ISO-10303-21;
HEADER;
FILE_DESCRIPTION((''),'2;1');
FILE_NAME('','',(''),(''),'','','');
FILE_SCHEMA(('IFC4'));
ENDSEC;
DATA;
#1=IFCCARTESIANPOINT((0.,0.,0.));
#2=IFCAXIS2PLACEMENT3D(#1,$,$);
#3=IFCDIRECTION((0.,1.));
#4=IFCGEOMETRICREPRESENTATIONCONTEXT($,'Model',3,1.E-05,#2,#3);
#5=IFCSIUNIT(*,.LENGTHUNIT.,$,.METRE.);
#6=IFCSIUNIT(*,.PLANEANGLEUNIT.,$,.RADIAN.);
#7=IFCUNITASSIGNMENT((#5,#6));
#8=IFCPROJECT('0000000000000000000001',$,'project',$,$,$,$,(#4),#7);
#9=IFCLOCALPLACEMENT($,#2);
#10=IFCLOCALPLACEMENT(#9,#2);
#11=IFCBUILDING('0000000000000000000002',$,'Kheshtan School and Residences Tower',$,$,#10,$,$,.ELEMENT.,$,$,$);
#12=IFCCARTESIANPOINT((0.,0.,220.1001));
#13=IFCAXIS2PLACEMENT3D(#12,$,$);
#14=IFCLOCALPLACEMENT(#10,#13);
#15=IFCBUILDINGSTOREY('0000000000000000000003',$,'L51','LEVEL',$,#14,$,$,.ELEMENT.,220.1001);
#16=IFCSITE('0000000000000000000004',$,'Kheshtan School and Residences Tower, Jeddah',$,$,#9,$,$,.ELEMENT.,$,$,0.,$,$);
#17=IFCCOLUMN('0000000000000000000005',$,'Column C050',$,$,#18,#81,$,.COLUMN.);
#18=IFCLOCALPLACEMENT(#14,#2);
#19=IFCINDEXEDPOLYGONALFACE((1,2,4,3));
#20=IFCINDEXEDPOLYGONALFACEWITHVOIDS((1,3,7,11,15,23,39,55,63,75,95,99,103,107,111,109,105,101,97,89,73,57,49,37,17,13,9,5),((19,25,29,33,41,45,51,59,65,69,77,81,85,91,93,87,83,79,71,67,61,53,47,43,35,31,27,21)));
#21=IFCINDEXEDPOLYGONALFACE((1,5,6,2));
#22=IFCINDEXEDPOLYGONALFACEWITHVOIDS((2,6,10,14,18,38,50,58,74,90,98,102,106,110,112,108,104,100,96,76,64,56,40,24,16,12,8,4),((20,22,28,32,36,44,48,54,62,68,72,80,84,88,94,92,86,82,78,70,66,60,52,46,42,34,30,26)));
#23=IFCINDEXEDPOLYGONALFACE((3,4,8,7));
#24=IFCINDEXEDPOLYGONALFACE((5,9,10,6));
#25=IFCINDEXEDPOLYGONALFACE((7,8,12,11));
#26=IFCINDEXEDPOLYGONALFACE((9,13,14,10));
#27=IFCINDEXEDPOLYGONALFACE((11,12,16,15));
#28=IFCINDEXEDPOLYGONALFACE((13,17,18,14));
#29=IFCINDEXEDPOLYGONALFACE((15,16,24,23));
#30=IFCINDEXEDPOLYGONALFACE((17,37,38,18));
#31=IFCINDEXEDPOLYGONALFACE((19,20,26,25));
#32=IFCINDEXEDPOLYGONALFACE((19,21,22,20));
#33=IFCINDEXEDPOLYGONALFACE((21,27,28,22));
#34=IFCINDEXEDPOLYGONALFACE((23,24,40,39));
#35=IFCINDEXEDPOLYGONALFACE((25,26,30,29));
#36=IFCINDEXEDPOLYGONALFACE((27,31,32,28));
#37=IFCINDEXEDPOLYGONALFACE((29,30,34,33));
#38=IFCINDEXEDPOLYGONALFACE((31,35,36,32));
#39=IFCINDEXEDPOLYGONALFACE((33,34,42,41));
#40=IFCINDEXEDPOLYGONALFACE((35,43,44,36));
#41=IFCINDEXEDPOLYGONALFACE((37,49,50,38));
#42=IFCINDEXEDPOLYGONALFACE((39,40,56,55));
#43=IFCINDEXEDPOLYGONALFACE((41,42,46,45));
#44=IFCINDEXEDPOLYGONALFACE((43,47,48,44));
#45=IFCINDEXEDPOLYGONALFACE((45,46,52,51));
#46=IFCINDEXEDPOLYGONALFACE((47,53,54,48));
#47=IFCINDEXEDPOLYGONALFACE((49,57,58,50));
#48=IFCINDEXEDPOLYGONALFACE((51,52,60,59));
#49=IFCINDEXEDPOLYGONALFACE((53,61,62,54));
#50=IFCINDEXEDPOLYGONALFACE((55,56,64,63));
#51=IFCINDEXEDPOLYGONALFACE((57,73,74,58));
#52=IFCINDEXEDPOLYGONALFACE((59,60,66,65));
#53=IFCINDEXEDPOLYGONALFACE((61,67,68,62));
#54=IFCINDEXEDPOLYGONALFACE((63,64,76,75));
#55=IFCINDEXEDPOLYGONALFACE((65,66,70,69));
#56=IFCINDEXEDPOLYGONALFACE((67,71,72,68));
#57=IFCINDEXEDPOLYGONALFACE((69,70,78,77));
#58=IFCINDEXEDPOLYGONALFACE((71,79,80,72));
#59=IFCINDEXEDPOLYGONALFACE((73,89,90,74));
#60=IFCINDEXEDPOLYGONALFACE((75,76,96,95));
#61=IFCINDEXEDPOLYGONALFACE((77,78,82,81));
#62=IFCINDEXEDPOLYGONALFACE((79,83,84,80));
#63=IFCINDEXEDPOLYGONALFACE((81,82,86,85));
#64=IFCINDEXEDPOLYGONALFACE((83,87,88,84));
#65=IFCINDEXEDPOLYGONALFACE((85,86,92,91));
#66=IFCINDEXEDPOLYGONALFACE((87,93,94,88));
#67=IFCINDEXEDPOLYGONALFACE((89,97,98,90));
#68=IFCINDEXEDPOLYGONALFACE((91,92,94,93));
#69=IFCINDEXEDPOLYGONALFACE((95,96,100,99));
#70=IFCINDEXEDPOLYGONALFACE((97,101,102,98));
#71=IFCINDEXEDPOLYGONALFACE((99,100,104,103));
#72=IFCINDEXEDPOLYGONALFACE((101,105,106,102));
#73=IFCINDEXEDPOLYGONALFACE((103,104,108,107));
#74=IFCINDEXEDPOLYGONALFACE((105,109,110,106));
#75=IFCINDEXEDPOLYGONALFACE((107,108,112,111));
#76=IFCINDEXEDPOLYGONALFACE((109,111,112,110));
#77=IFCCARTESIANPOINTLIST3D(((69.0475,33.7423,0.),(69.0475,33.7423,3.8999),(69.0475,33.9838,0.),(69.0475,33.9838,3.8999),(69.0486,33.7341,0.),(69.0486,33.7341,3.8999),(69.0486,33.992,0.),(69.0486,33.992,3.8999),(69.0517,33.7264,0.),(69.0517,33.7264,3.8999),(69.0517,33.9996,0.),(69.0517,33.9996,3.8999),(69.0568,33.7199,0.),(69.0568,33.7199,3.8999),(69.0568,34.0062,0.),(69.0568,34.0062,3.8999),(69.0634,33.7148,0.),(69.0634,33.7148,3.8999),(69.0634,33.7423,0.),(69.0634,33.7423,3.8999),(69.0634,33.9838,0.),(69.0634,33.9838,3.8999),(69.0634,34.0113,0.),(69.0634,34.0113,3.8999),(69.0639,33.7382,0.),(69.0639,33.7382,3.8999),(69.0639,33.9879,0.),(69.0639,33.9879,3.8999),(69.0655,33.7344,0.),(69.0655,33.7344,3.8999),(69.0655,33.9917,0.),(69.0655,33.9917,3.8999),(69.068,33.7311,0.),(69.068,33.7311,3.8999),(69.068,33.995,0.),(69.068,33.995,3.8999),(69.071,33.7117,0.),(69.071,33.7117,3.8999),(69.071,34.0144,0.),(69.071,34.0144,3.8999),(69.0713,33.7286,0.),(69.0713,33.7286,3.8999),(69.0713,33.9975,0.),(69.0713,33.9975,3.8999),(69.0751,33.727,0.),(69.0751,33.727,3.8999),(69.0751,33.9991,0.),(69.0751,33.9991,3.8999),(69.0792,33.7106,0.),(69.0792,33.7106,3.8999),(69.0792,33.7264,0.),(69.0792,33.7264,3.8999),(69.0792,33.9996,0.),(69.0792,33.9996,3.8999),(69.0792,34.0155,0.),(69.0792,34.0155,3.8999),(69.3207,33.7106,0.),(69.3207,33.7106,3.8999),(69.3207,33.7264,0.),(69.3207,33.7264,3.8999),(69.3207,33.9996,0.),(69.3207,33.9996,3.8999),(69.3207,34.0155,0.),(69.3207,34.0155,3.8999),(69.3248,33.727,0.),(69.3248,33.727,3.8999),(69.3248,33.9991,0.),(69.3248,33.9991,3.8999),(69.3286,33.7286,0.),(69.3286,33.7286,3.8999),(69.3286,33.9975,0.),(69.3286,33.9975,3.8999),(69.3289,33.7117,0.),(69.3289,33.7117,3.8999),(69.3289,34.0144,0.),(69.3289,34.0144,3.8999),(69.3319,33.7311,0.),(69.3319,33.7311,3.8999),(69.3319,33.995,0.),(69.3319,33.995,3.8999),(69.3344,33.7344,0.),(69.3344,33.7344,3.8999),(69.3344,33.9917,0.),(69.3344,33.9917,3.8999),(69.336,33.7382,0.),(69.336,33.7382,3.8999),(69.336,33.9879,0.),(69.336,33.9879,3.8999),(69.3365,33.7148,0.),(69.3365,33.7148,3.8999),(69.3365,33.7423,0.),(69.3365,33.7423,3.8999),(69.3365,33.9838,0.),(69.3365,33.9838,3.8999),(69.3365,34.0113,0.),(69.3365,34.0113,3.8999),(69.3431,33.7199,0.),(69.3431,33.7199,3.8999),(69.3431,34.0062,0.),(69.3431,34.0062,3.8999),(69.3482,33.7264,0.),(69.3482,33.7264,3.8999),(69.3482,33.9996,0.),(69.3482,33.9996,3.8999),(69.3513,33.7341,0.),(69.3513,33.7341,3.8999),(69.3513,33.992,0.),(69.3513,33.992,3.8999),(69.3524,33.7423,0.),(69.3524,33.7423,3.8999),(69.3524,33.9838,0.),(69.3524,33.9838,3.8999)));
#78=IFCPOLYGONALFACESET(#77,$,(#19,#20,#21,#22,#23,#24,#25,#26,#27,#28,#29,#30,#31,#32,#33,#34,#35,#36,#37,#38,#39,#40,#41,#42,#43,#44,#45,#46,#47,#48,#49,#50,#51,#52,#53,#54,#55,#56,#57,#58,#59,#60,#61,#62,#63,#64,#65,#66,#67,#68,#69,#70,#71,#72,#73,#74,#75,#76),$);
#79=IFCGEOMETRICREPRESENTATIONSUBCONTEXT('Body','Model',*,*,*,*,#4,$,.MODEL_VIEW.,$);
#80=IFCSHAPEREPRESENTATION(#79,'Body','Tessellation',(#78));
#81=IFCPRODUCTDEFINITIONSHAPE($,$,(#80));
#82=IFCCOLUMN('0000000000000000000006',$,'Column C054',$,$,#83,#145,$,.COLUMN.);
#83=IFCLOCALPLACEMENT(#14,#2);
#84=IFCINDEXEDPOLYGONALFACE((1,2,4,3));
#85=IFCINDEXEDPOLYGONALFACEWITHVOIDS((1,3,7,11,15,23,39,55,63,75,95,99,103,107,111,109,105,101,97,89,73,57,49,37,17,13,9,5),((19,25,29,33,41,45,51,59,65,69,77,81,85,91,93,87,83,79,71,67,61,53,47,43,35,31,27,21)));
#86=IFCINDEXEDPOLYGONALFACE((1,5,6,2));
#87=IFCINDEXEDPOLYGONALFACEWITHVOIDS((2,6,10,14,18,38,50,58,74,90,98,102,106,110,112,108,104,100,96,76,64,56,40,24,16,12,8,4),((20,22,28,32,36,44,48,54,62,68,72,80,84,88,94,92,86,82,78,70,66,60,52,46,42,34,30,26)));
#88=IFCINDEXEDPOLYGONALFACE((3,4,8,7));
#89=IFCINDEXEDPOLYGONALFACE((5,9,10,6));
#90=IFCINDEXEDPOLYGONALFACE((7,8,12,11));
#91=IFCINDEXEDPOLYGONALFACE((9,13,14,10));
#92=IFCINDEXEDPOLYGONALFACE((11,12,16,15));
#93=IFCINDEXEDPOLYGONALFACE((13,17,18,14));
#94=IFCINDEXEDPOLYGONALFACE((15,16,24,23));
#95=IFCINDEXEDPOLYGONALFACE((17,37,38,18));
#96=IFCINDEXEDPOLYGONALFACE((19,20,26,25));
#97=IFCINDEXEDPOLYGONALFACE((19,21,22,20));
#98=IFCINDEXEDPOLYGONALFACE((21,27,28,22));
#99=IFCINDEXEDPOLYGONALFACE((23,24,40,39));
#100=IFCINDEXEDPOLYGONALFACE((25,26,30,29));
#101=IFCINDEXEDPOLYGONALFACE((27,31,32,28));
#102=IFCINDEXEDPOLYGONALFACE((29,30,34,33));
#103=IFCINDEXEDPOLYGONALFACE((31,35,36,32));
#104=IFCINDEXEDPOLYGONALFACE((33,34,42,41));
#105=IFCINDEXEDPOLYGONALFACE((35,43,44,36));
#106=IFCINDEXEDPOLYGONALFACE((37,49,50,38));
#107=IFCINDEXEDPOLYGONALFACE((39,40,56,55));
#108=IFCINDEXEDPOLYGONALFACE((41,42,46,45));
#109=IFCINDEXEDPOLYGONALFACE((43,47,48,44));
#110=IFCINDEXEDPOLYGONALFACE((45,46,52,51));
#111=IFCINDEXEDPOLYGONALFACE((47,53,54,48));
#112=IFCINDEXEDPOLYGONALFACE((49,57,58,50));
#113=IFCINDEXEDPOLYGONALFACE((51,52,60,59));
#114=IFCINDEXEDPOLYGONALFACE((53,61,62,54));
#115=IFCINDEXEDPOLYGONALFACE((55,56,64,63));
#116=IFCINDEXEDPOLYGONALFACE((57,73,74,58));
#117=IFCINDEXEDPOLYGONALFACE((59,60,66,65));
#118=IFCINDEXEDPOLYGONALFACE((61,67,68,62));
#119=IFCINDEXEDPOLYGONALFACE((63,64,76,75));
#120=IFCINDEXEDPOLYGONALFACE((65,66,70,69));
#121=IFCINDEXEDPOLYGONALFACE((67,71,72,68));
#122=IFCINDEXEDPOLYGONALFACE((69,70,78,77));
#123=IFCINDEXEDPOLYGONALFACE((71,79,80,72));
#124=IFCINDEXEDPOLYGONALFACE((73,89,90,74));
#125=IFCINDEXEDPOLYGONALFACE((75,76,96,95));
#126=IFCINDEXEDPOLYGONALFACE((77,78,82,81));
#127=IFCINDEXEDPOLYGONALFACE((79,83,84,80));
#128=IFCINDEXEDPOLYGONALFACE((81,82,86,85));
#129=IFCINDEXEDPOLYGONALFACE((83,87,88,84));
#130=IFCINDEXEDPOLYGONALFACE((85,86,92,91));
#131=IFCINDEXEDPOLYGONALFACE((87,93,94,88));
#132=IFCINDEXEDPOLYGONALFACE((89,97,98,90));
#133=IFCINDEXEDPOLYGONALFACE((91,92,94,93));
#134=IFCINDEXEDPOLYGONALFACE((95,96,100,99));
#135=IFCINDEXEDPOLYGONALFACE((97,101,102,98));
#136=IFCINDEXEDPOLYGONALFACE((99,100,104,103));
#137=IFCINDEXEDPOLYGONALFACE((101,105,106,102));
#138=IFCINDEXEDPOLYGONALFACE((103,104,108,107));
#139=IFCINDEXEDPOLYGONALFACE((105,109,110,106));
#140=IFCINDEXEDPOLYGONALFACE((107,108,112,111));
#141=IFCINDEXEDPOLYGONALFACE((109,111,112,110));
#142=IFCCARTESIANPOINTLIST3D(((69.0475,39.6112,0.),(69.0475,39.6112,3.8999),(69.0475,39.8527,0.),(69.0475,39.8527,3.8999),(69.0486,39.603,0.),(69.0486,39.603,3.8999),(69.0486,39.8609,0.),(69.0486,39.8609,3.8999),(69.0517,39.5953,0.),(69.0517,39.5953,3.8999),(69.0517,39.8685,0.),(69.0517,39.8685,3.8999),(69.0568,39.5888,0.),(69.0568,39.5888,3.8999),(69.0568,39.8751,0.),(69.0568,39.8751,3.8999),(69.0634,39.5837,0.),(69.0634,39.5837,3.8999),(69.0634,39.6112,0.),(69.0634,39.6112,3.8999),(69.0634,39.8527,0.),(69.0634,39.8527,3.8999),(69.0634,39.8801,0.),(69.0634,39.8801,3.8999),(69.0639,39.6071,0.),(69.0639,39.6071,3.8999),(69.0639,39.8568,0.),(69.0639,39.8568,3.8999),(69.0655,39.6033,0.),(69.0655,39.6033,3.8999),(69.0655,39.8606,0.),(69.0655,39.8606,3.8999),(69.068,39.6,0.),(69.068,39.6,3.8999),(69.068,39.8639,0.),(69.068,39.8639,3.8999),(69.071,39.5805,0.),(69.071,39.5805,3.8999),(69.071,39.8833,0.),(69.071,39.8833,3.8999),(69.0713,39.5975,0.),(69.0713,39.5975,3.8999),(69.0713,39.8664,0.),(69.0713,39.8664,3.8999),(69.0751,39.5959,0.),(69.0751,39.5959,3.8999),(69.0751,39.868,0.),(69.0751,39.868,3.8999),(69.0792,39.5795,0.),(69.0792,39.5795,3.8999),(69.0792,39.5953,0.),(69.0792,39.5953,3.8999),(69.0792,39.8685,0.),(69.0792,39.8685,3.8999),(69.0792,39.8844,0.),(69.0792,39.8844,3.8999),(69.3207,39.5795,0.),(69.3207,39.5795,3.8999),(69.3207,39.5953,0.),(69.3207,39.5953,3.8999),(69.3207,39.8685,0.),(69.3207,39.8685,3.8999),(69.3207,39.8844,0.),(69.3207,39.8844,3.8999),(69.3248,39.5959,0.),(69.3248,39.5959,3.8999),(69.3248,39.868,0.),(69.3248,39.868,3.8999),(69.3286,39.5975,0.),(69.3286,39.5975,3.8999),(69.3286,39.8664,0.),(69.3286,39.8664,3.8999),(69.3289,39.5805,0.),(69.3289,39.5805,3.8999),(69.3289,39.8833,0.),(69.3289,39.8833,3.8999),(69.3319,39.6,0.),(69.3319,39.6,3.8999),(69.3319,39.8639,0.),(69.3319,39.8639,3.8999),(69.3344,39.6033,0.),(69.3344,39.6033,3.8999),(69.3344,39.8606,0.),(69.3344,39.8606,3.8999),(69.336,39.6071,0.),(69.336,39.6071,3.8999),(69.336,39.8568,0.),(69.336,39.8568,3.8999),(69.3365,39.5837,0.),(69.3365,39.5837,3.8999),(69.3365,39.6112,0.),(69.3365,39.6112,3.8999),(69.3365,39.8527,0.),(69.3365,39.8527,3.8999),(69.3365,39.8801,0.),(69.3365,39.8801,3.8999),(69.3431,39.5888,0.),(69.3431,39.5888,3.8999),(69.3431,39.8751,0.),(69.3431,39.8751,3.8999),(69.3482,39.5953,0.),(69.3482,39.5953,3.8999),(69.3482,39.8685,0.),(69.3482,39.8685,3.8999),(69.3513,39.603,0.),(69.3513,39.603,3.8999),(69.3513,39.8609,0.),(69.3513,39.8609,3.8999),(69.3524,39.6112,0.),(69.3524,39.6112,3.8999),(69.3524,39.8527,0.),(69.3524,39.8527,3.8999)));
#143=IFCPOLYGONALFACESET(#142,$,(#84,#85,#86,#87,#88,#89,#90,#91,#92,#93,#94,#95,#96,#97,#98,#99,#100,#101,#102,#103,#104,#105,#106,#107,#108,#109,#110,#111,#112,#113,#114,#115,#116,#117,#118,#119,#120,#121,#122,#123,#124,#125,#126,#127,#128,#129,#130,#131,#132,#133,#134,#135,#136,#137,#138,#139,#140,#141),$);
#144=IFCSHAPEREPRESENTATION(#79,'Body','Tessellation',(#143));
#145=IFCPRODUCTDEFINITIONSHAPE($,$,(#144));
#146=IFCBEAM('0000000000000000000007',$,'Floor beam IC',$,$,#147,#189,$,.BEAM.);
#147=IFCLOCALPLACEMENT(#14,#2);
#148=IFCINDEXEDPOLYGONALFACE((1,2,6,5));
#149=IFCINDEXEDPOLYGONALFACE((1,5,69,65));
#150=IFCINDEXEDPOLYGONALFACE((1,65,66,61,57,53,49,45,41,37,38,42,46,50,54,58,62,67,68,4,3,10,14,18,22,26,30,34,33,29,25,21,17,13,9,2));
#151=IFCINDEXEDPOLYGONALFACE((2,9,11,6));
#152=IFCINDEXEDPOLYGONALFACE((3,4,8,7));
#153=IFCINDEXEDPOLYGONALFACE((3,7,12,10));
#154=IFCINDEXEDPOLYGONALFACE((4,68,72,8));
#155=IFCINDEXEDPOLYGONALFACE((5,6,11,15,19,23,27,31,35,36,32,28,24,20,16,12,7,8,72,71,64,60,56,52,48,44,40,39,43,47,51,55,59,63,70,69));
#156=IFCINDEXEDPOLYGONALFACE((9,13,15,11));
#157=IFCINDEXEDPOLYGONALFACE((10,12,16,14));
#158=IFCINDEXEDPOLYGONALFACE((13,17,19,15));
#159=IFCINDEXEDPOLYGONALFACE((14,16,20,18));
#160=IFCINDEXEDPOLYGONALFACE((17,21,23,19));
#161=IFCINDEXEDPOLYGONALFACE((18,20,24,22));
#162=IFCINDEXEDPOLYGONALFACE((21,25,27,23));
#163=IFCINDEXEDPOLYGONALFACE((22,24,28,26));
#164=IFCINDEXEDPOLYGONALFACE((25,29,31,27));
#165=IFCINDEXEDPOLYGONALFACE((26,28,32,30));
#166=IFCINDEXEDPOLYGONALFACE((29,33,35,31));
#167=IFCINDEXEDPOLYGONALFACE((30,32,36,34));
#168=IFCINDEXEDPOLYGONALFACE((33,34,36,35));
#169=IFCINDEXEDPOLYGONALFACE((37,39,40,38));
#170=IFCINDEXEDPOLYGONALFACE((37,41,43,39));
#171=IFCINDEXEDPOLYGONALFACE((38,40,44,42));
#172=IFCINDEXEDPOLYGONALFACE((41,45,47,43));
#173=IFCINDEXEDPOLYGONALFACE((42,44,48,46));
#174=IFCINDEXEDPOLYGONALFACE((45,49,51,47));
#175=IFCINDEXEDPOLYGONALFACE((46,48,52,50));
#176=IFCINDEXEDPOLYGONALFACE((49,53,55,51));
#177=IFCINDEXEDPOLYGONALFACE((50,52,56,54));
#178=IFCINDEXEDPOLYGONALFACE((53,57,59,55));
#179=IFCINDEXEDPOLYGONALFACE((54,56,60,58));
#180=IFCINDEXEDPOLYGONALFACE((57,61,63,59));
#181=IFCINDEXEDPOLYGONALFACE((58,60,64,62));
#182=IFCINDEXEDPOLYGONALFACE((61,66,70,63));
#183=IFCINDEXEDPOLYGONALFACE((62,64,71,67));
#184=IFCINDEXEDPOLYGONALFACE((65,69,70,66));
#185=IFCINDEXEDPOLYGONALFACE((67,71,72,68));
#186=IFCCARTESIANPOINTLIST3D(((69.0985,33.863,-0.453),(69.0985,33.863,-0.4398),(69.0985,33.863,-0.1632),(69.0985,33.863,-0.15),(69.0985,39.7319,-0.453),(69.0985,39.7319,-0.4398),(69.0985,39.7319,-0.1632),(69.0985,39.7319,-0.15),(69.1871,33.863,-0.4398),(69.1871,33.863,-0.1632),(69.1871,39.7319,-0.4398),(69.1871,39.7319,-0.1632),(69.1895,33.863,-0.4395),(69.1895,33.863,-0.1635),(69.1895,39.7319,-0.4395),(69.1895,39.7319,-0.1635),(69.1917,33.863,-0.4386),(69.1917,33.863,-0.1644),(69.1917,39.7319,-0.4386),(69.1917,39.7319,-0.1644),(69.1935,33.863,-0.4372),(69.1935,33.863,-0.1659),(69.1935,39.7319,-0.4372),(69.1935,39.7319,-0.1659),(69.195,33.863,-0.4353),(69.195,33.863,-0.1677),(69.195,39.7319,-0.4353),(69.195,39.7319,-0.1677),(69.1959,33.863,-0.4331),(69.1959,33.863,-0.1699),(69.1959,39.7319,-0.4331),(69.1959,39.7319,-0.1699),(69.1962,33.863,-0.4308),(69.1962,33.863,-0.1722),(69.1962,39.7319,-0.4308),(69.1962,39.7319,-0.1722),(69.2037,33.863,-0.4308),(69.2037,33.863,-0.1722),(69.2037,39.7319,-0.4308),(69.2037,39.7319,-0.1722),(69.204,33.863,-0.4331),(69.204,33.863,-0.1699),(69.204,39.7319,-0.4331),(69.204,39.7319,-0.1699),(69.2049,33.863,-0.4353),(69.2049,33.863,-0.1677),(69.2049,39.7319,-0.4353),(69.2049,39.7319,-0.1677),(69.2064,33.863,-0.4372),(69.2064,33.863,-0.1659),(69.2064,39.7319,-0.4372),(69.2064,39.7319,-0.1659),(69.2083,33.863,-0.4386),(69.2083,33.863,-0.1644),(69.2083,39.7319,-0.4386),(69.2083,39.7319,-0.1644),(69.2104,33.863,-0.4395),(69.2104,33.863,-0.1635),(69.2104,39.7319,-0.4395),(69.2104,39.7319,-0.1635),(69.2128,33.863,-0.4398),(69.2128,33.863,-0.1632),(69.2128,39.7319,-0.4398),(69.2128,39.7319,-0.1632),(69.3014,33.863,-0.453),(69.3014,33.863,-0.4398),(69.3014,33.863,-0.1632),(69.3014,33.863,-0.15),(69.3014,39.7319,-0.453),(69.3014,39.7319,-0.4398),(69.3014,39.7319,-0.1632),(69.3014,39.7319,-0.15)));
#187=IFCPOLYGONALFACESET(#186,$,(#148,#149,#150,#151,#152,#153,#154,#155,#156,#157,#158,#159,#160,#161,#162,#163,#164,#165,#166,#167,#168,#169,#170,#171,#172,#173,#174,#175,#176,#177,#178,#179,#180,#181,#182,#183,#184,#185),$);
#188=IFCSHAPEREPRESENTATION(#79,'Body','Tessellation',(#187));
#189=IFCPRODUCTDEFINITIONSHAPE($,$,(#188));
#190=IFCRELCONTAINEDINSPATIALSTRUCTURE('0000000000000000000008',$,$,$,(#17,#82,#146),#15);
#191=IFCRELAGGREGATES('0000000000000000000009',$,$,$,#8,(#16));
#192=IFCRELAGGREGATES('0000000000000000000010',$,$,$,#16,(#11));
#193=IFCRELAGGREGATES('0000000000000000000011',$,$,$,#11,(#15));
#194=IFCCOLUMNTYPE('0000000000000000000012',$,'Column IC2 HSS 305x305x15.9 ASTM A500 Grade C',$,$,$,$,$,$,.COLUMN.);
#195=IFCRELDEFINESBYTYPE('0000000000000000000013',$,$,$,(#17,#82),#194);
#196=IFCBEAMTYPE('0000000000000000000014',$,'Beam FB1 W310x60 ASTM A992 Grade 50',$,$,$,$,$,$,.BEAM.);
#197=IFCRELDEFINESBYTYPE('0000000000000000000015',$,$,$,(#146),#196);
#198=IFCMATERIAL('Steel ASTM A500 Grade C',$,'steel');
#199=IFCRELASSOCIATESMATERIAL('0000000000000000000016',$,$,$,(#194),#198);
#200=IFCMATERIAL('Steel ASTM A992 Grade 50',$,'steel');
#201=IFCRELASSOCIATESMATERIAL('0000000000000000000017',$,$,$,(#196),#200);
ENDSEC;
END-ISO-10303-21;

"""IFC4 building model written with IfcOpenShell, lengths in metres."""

from ifc_helpers import new_model, si_unit, direction, frame, origin, origin_2d, place, context, subcontext, project, spatial, hollow_rectangle, i_section, extrude, material, material_profile, profile_set, type_object, element, save


model = new_model("IFC4")

# Units and contexts
model_context = context("Model", 3, precision=1e-05, world=origin(), true_north=direction((0.0, 1.0)))
body_context = subcontext(model_context, "Body", "Model", "MODEL_VIEW")
ifc_project = project(units=[si_unit("LENGTHUNIT", "METRE"), si_unit("PLANEANGLEUNIT", "RADIAN")], contexts=[model_context])

# Site, building, storey
site_placement = place(None, origin())
site = spatial("IfcSite", under=ifc_project, at=site_placement, Name="Kheshtan School and Residences Tower, Jeddah", CompositionType="ELEMENT", RefElevation=0.0)
building_placement = place(site_placement, origin())
building = spatial("IfcBuilding", under=site, at=building_placement, Name="Kheshtan School and Residences Tower", CompositionType="ELEMENT")
storey_placement = place(building_placement, frame((0.0, 0.0, 220.1001)))
storey = spatial("IfcBuildingStorey", under=building, at=storey_placement, Name="L51", Description="LEVEL", CompositionType="ELEMENT", Elevation=220.1001)

# Columns
ifc_material_1 = material(Name="Steel ASTM A500 Grade C", Category="steel")
ifc_material_profile_1 = material_profile(ifc_material_1, hollow_rectangle(XDim=0.3049, YDim=0.3049, WallThickness=0.0159, InnerFilletRadius=0.0159, OuterFilletRadius=0.0317, at=origin_2d()), Name="HSS 305x305x15.9")
ifc_profile_set_1 = profile_set([ifc_material_profile_1], Name="Steel ASTM A500 Grade C")
column_type = type_object("IfcColumnType", Name="Column IC2 HSS 305x305x15.9 ASTM A500 Grade C", PredefinedType="COLUMN", material=ifc_profile_set_1)
for number, where, z_axis, x_axis, name in (
    (1, (69.2, 33.863, 0.0), (0.0, 0.0, 1.0), (1.0, 0.0, 0.0), "Column C050"),
    (2, (69.2, 39.7319, 0.0), (0.0, 0.0, 1.0), (1.0, 0.0, 0.0), "Column C054"),
):
    element("IfcColumn", number, at=place(storey_placement, frame(where, z_axis=z_axis, x_axis=x_axis)), inside=storey, type_object=column_type, Name=name, PredefinedType="COLUMN", context=body_context, shape_type="SweptSolid", body=[
        extrude(hollow_rectangle(XDim=0.3049, YDim=0.3049, WallThickness=0.0159, InnerFilletRadius=0.0159, OuterFilletRadius=0.0317, at=origin_2d()), origin(), (0.0, 0.0, 1.0), 3.8999),
    ])

# Beam
ifc_material_2 = material(Name="Steel ASTM A992 Grade 50", Category="steel")
ifc_material_profile_2 = material_profile(ifc_material_2, i_section(OverallWidth=0.2029, OverallDepth=0.303, WebThickness=0.0076, FlangeThickness=0.0132, FilletRadius=0.009, at=origin_2d()), Name="W310x60")
ifc_profile_set_2 = profile_set([ifc_material_profile_2], Name="Steel ASTM A992 Grade 50")
beam_type = type_object("IfcBeamType", Name="Beam FB1 W310x60 ASTM A992 Grade 50", PredefinedType="BEAM", material=ifc_profile_set_2)
beam_placement = place(storey_placement, frame((69.2, 33.863, -0.3015), z_axis=(0.0, 1.0, 0.0), x_axis=(-1.0, 0.0, 0.0)))
element("IfcBeam", 3, at=beam_placement, inside=storey, type_object=beam_type, Name="Floor beam IC", PredefinedType="BEAM", context=body_context, shape_type="SweptSolid", body=[
    extrude(i_section(OverallWidth=0.2029, OverallDepth=0.303, WebThickness=0.0076, FlangeThickness=0.0132, FilletRadius=0.009, at=origin_2d()), origin(), (0.0, 0.0, 1.0), 5.8689),
])

save(model, "model.ifc")
